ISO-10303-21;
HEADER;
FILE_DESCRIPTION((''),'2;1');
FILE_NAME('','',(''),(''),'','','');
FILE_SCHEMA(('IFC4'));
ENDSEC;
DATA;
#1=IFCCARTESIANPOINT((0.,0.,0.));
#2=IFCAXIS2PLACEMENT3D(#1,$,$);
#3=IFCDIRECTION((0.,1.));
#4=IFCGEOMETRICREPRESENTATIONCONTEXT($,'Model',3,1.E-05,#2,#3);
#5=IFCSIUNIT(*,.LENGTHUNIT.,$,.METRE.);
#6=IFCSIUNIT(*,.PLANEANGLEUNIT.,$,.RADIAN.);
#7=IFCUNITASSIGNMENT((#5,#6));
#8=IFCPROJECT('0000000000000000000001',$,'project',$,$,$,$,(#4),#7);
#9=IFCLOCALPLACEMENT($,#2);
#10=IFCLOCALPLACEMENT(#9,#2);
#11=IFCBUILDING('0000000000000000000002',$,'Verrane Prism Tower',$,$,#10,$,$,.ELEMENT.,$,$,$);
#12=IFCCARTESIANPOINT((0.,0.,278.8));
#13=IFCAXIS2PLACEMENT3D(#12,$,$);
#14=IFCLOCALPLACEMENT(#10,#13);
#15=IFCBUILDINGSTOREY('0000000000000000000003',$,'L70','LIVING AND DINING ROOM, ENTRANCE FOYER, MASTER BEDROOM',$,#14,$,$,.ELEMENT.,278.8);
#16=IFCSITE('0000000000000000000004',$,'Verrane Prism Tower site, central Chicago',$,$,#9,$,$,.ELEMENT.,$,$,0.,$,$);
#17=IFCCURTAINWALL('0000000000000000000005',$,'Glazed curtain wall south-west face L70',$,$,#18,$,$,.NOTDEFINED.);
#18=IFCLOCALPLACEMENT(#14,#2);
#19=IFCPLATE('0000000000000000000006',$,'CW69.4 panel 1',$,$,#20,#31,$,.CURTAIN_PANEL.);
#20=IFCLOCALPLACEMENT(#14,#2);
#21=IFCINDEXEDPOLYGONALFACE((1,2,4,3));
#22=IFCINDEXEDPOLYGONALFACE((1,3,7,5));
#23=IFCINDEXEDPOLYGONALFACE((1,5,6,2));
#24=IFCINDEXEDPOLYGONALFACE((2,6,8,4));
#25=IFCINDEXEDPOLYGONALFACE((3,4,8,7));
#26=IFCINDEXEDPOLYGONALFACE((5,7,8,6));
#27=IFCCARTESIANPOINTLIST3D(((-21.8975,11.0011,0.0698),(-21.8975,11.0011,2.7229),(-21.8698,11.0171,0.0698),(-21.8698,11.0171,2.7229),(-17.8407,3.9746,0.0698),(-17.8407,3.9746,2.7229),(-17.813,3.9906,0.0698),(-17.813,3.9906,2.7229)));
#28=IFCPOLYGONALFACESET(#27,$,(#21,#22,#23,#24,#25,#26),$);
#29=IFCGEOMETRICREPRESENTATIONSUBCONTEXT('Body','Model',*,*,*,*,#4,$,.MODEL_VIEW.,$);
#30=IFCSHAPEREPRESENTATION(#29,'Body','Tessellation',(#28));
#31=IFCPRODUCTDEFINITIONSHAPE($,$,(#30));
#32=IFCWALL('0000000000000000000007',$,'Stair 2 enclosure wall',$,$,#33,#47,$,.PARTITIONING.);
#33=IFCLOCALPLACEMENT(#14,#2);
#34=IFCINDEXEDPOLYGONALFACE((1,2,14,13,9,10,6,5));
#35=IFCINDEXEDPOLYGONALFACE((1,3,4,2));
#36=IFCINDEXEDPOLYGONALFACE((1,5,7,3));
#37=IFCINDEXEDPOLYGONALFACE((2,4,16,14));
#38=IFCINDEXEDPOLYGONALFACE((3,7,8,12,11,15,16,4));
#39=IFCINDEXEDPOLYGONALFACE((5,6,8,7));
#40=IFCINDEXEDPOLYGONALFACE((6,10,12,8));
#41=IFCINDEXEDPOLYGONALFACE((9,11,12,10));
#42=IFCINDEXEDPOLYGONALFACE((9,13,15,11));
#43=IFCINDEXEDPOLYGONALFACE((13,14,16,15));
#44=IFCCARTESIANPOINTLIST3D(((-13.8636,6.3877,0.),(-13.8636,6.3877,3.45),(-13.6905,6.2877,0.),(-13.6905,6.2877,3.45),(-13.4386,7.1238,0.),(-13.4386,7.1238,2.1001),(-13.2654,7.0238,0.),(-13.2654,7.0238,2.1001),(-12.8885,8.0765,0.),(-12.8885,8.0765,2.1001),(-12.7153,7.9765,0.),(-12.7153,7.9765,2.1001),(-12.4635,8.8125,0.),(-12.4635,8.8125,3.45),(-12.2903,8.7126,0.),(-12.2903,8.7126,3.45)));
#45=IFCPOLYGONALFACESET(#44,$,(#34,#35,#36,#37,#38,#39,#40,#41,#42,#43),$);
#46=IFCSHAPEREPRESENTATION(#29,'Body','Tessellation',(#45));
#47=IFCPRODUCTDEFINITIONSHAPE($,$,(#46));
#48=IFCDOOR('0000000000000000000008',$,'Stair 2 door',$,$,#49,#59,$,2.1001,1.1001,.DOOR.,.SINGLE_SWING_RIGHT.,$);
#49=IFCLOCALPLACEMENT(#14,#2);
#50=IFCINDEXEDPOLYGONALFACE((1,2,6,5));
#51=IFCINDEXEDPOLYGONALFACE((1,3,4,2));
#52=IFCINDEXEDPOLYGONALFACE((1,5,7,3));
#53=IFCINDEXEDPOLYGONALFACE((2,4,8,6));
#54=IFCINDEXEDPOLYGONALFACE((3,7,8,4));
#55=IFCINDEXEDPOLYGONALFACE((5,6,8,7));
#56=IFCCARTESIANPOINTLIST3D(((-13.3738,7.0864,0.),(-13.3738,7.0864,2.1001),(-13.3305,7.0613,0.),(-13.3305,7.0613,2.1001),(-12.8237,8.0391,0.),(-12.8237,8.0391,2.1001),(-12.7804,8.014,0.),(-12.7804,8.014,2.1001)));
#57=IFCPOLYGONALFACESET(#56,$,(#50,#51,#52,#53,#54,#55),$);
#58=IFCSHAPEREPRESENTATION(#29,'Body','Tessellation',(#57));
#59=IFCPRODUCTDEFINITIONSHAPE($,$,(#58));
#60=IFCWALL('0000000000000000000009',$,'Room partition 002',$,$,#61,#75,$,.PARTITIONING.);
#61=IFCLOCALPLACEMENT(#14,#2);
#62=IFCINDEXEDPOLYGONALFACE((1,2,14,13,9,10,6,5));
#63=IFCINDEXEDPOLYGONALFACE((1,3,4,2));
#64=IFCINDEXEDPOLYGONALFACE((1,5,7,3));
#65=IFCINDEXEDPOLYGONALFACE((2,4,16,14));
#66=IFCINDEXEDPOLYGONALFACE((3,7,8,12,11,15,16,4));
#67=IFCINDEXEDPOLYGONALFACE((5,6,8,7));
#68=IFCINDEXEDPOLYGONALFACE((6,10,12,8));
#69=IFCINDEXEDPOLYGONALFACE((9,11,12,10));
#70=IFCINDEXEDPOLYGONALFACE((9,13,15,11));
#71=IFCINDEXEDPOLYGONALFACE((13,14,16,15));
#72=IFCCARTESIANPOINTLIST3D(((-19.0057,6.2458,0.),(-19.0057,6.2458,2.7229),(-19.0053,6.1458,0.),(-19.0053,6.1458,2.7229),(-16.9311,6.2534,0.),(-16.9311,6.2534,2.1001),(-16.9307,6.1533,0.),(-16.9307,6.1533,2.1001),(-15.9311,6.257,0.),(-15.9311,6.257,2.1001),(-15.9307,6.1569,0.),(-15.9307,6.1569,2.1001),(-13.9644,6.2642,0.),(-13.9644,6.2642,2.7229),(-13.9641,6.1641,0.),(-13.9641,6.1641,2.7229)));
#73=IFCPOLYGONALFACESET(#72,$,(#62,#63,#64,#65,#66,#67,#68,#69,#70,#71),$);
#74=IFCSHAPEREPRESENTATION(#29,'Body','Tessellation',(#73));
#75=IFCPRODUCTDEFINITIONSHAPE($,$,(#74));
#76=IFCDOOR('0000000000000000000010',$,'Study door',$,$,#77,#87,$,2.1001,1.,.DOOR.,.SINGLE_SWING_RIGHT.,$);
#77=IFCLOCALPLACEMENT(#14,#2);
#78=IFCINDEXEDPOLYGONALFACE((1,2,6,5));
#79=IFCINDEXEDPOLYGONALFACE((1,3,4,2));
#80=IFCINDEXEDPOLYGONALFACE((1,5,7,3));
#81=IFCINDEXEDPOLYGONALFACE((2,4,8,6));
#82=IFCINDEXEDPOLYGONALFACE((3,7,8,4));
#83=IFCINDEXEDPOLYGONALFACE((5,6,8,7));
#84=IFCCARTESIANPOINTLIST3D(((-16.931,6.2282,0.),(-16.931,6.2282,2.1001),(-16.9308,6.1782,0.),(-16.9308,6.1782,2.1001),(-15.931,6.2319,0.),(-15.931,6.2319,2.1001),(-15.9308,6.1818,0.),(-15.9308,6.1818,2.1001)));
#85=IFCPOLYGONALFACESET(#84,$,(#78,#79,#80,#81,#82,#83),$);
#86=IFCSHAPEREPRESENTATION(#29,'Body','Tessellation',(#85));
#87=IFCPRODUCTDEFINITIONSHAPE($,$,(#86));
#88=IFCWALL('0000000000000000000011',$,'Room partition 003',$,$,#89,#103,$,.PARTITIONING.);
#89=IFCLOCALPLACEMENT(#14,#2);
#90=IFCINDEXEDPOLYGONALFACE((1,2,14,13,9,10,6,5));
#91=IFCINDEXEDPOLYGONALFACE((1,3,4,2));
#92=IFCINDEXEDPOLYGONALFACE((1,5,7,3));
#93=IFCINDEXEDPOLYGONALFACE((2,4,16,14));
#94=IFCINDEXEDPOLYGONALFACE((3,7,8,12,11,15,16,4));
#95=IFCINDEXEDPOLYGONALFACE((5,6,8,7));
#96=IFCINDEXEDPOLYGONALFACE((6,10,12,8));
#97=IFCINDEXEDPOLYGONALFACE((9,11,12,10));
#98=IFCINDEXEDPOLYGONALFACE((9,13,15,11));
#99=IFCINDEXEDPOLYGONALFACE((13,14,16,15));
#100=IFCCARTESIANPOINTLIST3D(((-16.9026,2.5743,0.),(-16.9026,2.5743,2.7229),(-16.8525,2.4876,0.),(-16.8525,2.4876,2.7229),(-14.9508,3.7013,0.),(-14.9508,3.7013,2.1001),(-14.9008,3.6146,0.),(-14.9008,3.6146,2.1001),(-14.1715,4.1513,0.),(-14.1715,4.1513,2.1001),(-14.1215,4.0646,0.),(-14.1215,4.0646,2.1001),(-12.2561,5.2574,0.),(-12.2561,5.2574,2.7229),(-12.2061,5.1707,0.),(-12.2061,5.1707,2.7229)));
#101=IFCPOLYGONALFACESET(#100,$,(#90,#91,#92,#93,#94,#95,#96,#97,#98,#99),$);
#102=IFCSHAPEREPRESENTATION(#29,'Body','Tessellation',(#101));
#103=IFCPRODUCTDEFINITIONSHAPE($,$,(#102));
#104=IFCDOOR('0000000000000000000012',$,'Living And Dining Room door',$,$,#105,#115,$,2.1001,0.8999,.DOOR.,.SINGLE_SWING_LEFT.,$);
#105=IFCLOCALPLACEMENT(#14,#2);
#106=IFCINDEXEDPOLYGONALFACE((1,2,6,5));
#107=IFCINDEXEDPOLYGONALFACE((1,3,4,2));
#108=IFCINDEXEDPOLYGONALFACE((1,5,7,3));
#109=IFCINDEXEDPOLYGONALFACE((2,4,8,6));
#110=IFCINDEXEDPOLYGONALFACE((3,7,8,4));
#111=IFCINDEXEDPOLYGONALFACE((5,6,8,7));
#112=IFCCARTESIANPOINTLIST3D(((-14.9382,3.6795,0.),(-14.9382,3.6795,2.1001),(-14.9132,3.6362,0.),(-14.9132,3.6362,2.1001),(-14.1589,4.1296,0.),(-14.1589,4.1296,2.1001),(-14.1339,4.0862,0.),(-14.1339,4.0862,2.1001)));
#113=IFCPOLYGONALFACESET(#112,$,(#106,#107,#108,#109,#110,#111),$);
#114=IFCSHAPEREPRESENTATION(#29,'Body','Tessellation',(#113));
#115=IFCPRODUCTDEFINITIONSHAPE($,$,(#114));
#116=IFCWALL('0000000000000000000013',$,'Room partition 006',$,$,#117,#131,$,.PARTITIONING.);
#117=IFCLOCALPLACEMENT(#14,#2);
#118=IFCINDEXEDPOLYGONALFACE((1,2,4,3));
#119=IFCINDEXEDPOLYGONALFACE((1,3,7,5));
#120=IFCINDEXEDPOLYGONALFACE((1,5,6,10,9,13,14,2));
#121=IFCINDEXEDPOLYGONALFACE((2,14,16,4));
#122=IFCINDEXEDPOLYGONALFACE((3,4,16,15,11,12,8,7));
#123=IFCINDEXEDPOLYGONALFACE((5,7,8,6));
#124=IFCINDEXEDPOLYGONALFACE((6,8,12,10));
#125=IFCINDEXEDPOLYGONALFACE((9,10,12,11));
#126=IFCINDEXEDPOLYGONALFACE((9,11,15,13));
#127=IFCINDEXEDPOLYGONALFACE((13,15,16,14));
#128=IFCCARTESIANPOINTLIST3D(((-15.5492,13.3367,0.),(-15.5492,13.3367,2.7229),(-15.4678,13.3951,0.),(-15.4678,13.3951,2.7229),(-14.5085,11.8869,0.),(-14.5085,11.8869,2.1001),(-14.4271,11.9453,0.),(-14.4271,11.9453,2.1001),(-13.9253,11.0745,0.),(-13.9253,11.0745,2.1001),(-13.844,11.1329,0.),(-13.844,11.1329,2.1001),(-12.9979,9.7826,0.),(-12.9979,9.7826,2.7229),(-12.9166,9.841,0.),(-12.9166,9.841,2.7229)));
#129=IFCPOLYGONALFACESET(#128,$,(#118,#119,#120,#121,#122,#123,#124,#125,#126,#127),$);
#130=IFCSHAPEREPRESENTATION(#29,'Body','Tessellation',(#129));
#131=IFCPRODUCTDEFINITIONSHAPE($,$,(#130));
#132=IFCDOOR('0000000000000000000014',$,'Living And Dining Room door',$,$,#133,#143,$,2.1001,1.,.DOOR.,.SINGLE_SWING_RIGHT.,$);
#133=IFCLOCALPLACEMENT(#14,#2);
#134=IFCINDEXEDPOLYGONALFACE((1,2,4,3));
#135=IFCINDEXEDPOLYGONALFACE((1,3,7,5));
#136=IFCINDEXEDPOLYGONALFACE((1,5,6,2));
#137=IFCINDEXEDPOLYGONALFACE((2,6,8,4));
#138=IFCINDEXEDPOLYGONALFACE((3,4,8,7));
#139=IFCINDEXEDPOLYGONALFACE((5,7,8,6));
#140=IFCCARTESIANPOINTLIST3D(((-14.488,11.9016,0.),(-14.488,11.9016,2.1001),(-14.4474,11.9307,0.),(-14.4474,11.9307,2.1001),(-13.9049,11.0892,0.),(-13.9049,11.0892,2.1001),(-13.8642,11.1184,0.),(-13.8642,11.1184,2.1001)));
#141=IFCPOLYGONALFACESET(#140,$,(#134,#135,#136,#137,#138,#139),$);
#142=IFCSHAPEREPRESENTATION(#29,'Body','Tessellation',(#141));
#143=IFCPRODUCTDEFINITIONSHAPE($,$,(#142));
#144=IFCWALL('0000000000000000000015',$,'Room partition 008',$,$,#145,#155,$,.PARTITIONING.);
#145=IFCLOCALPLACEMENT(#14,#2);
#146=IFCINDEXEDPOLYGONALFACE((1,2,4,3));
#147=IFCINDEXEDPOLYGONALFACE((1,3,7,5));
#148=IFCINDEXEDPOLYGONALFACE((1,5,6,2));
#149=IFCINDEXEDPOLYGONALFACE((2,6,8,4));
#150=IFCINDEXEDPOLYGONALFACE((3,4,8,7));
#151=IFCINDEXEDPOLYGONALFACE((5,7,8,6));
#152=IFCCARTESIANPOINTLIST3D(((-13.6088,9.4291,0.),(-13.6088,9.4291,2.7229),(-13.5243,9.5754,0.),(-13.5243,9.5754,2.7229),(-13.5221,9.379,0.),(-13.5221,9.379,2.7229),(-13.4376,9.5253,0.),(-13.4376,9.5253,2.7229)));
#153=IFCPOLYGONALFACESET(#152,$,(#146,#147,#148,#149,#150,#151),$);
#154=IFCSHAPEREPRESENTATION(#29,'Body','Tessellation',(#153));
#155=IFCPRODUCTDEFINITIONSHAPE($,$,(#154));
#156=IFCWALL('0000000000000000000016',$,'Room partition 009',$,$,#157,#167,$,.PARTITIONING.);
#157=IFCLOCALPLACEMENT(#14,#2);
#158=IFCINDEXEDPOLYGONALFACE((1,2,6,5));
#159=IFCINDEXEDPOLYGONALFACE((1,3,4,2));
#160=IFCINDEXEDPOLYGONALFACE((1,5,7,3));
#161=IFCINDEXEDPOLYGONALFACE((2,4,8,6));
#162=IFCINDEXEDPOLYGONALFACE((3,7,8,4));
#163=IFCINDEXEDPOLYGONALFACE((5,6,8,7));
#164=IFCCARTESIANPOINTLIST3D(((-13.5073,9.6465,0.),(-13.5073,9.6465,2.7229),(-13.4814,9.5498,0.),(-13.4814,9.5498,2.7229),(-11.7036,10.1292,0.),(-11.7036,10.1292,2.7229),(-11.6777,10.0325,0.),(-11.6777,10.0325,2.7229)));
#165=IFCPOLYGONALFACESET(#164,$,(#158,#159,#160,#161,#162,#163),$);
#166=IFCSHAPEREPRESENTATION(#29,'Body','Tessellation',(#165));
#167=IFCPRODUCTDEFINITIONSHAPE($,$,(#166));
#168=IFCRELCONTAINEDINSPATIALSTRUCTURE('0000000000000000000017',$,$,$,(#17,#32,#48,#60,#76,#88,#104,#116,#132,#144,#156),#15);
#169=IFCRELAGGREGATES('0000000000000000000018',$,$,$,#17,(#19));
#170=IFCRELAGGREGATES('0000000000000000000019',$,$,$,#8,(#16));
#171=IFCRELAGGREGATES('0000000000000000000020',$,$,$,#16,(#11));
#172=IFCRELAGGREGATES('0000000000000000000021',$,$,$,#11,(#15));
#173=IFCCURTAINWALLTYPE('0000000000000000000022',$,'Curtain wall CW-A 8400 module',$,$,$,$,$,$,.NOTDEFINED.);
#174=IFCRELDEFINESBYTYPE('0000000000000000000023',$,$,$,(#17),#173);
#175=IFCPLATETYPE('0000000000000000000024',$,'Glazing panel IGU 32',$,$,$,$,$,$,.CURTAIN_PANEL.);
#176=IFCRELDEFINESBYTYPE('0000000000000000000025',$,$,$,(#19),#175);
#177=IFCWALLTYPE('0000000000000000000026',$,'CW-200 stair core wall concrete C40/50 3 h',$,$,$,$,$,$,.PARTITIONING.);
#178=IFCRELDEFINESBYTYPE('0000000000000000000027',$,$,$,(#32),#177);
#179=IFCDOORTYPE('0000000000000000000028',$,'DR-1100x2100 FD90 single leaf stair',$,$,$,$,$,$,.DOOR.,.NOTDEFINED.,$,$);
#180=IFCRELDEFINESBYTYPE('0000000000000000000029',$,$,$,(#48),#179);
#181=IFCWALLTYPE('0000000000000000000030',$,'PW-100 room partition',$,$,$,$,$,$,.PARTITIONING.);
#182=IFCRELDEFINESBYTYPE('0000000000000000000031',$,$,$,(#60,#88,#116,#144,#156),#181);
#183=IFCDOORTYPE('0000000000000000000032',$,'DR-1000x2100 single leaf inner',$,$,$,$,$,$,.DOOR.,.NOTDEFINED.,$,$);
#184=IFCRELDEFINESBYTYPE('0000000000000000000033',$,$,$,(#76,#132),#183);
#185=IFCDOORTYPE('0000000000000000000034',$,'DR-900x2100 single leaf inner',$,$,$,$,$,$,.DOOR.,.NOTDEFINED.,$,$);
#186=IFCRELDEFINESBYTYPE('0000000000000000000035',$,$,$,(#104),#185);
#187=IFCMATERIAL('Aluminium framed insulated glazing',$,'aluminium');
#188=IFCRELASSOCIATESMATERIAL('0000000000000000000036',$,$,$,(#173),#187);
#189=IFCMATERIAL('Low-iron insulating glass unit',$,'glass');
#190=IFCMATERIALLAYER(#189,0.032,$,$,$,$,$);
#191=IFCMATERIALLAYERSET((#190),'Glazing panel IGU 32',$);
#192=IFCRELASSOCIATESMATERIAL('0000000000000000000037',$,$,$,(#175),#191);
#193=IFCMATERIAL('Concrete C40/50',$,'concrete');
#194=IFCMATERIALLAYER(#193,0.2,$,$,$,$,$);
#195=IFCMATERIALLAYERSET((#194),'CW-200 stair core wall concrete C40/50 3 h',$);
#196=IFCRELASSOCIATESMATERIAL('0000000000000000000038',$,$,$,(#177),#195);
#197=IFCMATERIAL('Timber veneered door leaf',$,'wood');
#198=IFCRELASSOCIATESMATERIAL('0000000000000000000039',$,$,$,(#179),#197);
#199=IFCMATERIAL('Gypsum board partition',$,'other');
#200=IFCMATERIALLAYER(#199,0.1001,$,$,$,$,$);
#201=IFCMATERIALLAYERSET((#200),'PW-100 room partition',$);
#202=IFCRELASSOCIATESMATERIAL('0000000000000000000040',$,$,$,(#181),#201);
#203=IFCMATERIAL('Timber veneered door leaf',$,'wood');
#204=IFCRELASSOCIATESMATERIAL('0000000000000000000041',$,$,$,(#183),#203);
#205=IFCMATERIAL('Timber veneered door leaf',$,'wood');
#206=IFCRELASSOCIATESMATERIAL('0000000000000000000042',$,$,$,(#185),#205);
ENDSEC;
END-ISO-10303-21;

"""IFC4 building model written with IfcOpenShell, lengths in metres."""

from ifc_helpers import new_model, si_unit, direction, frame, frame_2d, origin, origin_2d, place, context, subcontext, project, spatial, rectangle, extrude, material, layer, layer_set, type_object, element, fill, aggregate, save


model = new_model("IFC4")

# Units and contexts
model_context = context("Model", 3, precision=1e-05, world=origin(), true_north=direction((0.0, 1.0)))
body_context = subcontext(model_context, "Body", "Model", "MODEL_VIEW")
ifc_project = project(units=[si_unit("LENGTHUNIT", "METRE"), si_unit("PLANEANGLEUNIT", "RADIAN")], contexts=[model_context])

# Site, building, storey
site_placement = place(None, origin())
site = spatial("IfcSite", under=ifc_project, at=site_placement, Name="Verrane Prism Tower site, central Chicago", CompositionType="ELEMENT", RefElevation=0.0)
building_placement = place(site_placement, origin())
building = spatial("IfcBuilding", under=site, at=building_placement, Name="Verrane Prism Tower", CompositionType="ELEMENT")
storey_placement = place(building_placement, frame((0.0, 0.0, 278.8)))
storey = spatial("IfcBuildingStorey", under=building, at=storey_placement, Name="L70", Description="LIVING AND DINING ROOM, ENTRANCE FOYER, MASTER BEDROOM", CompositionType="ELEMENT", Elevation=278.8)

# Curtain wall
ifc_material_1 = material(Name="Aluminium framed insulated glazing", Category="aluminium")
curtain_wall_type = type_object("IfcCurtainWallType", Name="Curtain wall CW-A 8400 module", PredefinedType="NOTDEFINED", material=ifc_material_1)
curtain_wall_placement = place(storey_placement, origin())
curtain_wall = element("IfcCurtainWall", 1, at=curtain_wall_placement, inside=storey, type_object=curtain_wall_type, Name="Glazed curtain wall south-west face L70", PredefinedType="NOTDEFINED")

# Plate
ifc_material_2 = material(Name="Low-iron insulating glass unit", Category="glass")
ifc_layer_1 = layer(ifc_material_2, 0.032)
ifc_layer_set_1 = layer_set([ifc_layer_1], Name="Glazing panel IGU 32")
plate_type = type_object("IfcPlateType", Name="Glazing panel IGU 32", PredefinedType="CURTAIN_PANEL", material=ifc_layer_set_1)
plate_placement = place(storey_placement, frame((-19.8552, 7.4958, 0.0698), z_axis=(0.0, 0.0, 1.0), x_axis=(0.500001, -0.866025, 0.0)))
plate = element("IfcPlate", 2, at=plate_placement, type_object=plate_type, Name="CW69.4 panel 1", PredefinedType="CURTAIN_PANEL", context=body_context, shape_type="SweptSolid", body=[
    extrude(rectangle(XDim=8.1135, YDim=0.032, at=origin_2d()), origin(), (0.0, 0.0, 1.0), 2.6531),
])
aggregate(curtain_wall, [plate])

# Walls, openings, doors
ifc_material_3 = material(Name="Concrete C40/50", Category="concrete")
ifc_layer_2 = layer(ifc_material_3, 0.2)
ifc_layer_set_2 = layer_set([ifc_layer_2], Name="CW-200 stair core wall concrete C40/50 3 h")
wall_type_1 = type_object("IfcWallType", Name="CW-200 stair core wall concrete C40/50 3 h", PredefinedType="PARTITIONING", material=ifc_layer_set_2)
wall_1_placement = place(storey_placement, frame((-12.377, 8.7625, 0.0), z_axis=(0.0, 0.0, 1.0), x_axis=(-0.50005, -0.865997, 0.0)))
wall_1 = element("IfcWall", 3, at=wall_1_placement, inside=storey, type_object=wall_type_1, Name="Stair 2 enclosure wall", PredefinedType="PARTITIONING", context=body_context, shape_type="SweptSolid", body=[
    extrude(rectangle(XDim=2.8, YDim=0.2, at=frame_2d((1.3999, 0.0))), origin(), (0.0, 0.0, 1.0), 3.45),
])
opening_1_placement = place(wall_1_placement, frame((0.8499, 0.0, 0.0)))
opening_1 = element("IfcOpeningElement", 4, at=opening_1_placement, cuts=wall_1, PredefinedType="OPENING", context=body_context, shape_type="SweptSolid", body=[
    extrude(rectangle(XDim=1.1001, YDim=2.1001, at=frame_2d((0.55, 1.05))), frame((0.0, 0.1099, 0.0), z_axis=(0.0, -1.0, 0.0), x_axis=(1.0, 0.0, 0.0)), (0.0, 0.0, 1.0), 0.22),
])
ifc_material_4 = material(Name="Timber veneered door leaf", Category="wood")
door_type_1 = type_object("IfcDoorType", Name="DR-1100x2100 FD90 single leaf stair", OperationType="NOTDEFINED", PredefinedType="DOOR", material=ifc_material_4)
door_1_placement = place(opening_1_placement, origin())
door_1 = element("IfcDoor", 5, at=door_1_placement, inside=storey, type_object=door_type_1, Name="Stair 2 door", OperationType="SINGLE_SWING_RIGHT", OverallHeight=2.1001, OverallWidth=1.1001, PredefinedType="DOOR", context=body_context, shape_type="SweptSolid", body=[
    extrude(rectangle(XDim=1.1001, YDim=2.1001, at=frame_2d((0.55, 1.05))), frame((0.0, 0.0249, 0.0), z_axis=(0.0, -1.0, 0.0), x_axis=(1.0, 0.0, 0.0)), (0.0, 0.0, 1.0), 0.05),
])
fill(opening_1, door_1)
ifc_material_5 = material(Name="Gypsum board partition", Category="other")
ifc_layer_3 = layer(ifc_material_5, 0.1001)
ifc_layer_set_3 = layer_set([ifc_layer_3], Name="PW-100 room partition")
wall_type_2 = type_object("IfcWallType", Name="PW-100 room partition", PredefinedType="PARTITIONING", material=ifc_layer_set_3)
wall_2_placement = place(storey_placement, frame((-19.0054, 6.1958, 0.0), z_axis=(0.0, 0.0, 1.0), x_axis=(0.999993, 0.003632, 0.0)))
wall_2 = element("IfcWall", 6, at=wall_2_placement, inside=storey, type_object=wall_type_2, Name="Room partition 002", PredefinedType="PARTITIONING", context=body_context, shape_type="SweptSolid", body=[
    extrude(rectangle(XDim=5.0413, YDim=0.1001, at=frame_2d((2.5205, 0.0))), origin(), (0.0, 0.0, 1.0), 2.7229),
])
opening_2_placement = place(wall_2_placement, frame((2.0745, 0.0, 0.0)))
opening_2 = element("IfcOpeningElement", 7, at=opening_2_placement, cuts=wall_2, PredefinedType="OPENING", context=body_context, shape_type="SweptSolid", body=[
    extrude(rectangle(XDim=1.0, YDim=2.1001, at=frame_2d((0.5, 1.05))), frame((0.0, 0.0601, 0.0), z_axis=(0.0, -1.0, 0.0), x_axis=(1.0, 0.0, 0.0)), (0.0, 0.0, 1.0), 0.1201),
])
ifc_material_6 = material(Name="Timber veneered door leaf", Category="wood")
door_type_2 = type_object("IfcDoorType", Name="DR-1000x2100 single leaf inner", OperationType="NOTDEFINED", PredefinedType="DOOR", material=ifc_material_6)
door_2_placement = place(opening_2_placement, origin())
door_2 = element("IfcDoor", 8, at=door_2_placement, inside=storey, type_object=door_type_2, Name="Study door", OperationType="SINGLE_SWING_RIGHT", OverallHeight=2.1001, OverallWidth=1.0, PredefinedType="DOOR", context=body_context, shape_type="SweptSolid", body=[
    extrude(rectangle(XDim=1.0, YDim=2.1001, at=frame_2d((0.5, 1.05))), frame((0.0, 0.0249, 0.0), z_axis=(0.0, -1.0, 0.0), x_axis=(1.0, 0.0, 0.0)), (0.0, 0.0, 1.0), 0.05),
])
fill(opening_2, door_2)
wall_3_placement = place(storey_placement, frame((-16.8774, 2.531, 0.0), z_axis=(0.0, 0.0, 1.0), x_axis=(0.865989, 0.500064, 0.0)))
wall_3 = element("IfcWall", 9, at=wall_3_placement, inside=storey, type_object=wall_type_2, Name="Room partition 003", PredefinedType="PARTITIONING", context=body_context, shape_type="SweptSolid", body=[
    extrude(rectangle(XDim=5.3655, YDim=0.1001, at=frame_2d((2.6826, 0.0))), origin(), (0.0, 0.0, 1.0), 2.7229),
])
opening_3_placement = place(wall_3_placement, frame((2.2537, 0.0, 0.0)))
opening_3 = element("IfcOpeningElement", 10, at=opening_3_placement, cuts=wall_3, PredefinedType="OPENING", context=body_context, shape_type="SweptSolid", body=[
    extrude(rectangle(XDim=0.8999, YDim=2.1001, at=frame_2d((0.45, 1.05))), frame((0.0, 0.0601, 0.0), z_axis=(0.0, -1.0, 0.0), x_axis=(1.0, 0.0, 0.0)), (0.0, 0.0, 1.0), 0.1201),
])
ifc_material_7 = material(Name="Timber veneered door leaf", Category="wood")
door_type_3 = type_object("IfcDoorType", Name="DR-900x2100 single leaf inner", OperationType="NOTDEFINED", PredefinedType="DOOR", material=ifc_material_7)
door_3_placement = place(opening_3_placement, origin())
door_3 = element("IfcDoor", 11, at=door_3_placement, inside=storey, type_object=door_type_3, Name="Living And Dining Room door", OperationType="SINGLE_SWING_LEFT", OverallHeight=2.1001, OverallWidth=0.8999, PredefinedType="DOOR", context=body_context, shape_type="SweptSolid", body=[
    extrude(rectangle(XDim=0.8999, YDim=2.1001, at=frame_2d((0.45, 1.05))), frame((0.0, 0.0249, 0.0), z_axis=(0.0, -1.0, 0.0), x_axis=(1.0, 0.0, 0.0)), (0.0, 0.0, 1.0), 0.05),
])
fill(opening_3, door_3)
wall_4_placement = place(storey_placement, frame((-12.9573, 9.8118, 0.0), z_axis=(0.0, 0.0, 1.0), x_axis=(-0.583137, 0.812374, 0.0)))
wall_4 = element("IfcWall", 12, at=wall_4_placement, inside=storey, type_object=wall_type_2, Name="Room partition 006", PredefinedType="PARTITIONING", context=body_context, shape_type="SweptSolid", body=[
    extrude(rectangle(XDim=4.375, YDim=0.1001, at=frame_2d((2.1875, 0.0))), origin(), (0.0, 0.0, 1.0), 2.7229),
])
opening_4_placement = place(wall_4_placement, frame((1.5903, 0.0, 0.0)))
opening_4 = element("IfcOpeningElement", 13, at=opening_4_placement, cuts=wall_4, PredefinedType="OPENING", context=body_context, shape_type="SweptSolid", body=[
    extrude(rectangle(XDim=1.0, YDim=2.1001, at=frame_2d((0.5, 1.05))), frame((0.0, 0.0601, 0.0), z_axis=(0.0, -1.0, 0.0), x_axis=(1.0, 0.0, 0.0)), (0.0, 0.0, 1.0), 0.1201),
])
door_4_placement = place(opening_4_placement, origin())
door_4 = element("IfcDoor", 14, at=door_4_placement, inside=storey, type_object=door_type_2, Name="Living And Dining Room door", OperationType="SINGLE_SWING_RIGHT", OverallHeight=2.1001, OverallWidth=1.0, PredefinedType="DOOR", context=body_context, shape_type="SweptSolid", body=[
    extrude(rectangle(XDim=1.0, YDim=2.1001, at=frame_2d((0.5, 1.05))), frame((0.0, 0.0249, 0.0), z_axis=(0.0, -1.0, 0.0), x_axis=(1.0, 0.0, 0.0)), (0.0, 0.0, 1.0), 0.05),
])
fill(opening_4, door_4)

# Walls
wall_5_placement = place(storey_placement, frame((-13.5654, 9.4041, 0.0), z_axis=(0.0, 0.0, 1.0), x_axis=(0.500181, 0.865921, 0.0)))
element("IfcWall", 15, at=wall_5_placement, inside=storey, type_object=wall_type_2, Name="Room partition 008", PredefinedType="PARTITIONING", context=body_context, shape_type="SweptSolid", body=[
    extrude(rectangle(XDim=0.1689, YDim=0.1001, at=frame_2d((0.0845, 0.0))), origin(), (0.0, 0.0, 1.0), 2.7229),
])
wall_6_placement = place(storey_placement, frame((-13.4944, 9.5981, 0.0), z_axis=(0.0, 0.0, 1.0), x_axis=(0.966011, 0.258501, 0.0)))
element("IfcWall", 16, at=wall_6_placement, inside=storey, type_object=wall_type_2, Name="Room partition 009", PredefinedType="PARTITIONING", context=body_context, shape_type="SweptSolid", body=[
    extrude(rectangle(XDim=1.8672, YDim=0.1001, at=frame_2d((0.9336, 0.0))), origin(), (0.0, 0.0, 1.0), 2.7229),
])

save(model, "model.ifc")
